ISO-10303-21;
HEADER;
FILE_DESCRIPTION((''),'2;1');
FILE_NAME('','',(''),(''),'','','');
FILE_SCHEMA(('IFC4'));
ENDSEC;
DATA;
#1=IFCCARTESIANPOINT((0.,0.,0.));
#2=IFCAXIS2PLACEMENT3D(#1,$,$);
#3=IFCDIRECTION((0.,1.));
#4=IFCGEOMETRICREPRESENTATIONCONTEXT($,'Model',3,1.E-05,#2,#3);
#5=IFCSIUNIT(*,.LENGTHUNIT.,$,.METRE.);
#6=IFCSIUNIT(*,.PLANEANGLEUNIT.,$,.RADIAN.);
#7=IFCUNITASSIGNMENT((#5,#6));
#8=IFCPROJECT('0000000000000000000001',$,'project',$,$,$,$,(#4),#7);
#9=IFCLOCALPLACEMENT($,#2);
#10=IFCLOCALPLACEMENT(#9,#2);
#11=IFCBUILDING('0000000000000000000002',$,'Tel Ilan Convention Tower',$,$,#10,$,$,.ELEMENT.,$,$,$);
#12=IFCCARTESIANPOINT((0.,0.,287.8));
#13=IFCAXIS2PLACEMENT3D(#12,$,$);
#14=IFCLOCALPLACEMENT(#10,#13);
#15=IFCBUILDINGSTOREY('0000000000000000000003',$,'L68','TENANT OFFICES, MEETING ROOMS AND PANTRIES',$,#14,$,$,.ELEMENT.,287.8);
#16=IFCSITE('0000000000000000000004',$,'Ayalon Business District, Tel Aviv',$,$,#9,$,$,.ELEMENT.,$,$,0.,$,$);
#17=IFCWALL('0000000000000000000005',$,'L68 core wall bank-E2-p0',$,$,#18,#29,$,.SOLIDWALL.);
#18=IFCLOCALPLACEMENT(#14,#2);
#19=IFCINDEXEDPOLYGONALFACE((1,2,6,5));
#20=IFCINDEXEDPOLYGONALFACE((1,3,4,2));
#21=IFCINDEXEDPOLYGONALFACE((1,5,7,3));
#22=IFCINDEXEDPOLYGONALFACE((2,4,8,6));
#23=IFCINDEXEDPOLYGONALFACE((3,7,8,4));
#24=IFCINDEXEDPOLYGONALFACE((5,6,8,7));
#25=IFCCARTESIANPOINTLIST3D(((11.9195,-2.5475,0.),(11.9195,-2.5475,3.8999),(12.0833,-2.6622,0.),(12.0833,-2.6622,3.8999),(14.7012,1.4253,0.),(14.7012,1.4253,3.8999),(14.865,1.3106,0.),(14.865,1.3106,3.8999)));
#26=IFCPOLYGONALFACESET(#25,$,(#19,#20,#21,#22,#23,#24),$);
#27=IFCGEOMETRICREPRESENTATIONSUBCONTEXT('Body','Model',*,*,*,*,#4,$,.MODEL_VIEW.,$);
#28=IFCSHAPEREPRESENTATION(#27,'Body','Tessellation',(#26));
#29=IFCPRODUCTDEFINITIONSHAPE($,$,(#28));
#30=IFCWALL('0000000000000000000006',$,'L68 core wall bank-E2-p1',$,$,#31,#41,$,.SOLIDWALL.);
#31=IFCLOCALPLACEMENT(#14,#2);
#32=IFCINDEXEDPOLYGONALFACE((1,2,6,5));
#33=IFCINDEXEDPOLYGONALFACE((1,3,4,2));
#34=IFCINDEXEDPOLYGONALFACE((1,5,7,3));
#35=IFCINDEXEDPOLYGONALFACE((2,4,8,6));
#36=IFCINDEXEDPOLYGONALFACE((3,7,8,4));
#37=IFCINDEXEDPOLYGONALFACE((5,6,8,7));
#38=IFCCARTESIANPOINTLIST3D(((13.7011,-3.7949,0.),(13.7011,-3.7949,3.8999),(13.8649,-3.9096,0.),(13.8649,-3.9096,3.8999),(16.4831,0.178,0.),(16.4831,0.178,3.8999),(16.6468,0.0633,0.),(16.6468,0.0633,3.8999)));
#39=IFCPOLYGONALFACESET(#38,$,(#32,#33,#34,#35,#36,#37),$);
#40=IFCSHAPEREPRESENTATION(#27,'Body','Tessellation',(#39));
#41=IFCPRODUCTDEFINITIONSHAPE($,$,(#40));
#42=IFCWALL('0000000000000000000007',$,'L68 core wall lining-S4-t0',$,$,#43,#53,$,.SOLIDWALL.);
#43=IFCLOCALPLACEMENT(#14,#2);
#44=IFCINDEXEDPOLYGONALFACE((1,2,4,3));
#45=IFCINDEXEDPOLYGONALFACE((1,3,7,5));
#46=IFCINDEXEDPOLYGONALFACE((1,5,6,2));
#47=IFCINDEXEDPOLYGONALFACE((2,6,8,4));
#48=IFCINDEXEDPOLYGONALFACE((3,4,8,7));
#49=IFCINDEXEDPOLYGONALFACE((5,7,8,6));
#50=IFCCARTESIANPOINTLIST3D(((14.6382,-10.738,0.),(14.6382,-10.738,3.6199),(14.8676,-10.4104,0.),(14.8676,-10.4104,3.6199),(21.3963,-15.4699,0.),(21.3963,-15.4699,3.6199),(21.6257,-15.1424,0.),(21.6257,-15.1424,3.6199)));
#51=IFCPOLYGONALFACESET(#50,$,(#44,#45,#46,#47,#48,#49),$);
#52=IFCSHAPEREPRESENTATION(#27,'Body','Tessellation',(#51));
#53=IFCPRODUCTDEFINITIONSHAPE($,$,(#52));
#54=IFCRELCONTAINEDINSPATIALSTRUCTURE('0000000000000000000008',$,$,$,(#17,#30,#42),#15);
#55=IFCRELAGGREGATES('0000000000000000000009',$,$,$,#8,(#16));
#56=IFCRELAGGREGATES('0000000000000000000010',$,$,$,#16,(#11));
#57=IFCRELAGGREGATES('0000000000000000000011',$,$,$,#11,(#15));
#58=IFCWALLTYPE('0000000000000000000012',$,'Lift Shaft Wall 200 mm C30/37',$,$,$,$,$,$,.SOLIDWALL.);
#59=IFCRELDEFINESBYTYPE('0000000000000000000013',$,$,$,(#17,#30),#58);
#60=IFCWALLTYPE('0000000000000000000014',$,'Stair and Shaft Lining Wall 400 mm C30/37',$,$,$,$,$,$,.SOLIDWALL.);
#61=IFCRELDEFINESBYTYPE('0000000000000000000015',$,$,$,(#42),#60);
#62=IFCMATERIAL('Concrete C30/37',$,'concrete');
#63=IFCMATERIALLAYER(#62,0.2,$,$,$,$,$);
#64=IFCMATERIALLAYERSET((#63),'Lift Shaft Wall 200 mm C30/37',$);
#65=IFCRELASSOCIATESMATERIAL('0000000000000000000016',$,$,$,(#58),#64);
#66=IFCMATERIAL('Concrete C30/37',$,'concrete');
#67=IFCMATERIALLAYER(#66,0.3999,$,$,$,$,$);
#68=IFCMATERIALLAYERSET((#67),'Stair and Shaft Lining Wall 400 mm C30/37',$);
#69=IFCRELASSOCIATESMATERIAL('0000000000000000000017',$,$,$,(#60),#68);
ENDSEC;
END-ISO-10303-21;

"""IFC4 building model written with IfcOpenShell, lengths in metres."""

from ifc_helpers import new_model, si_unit, direction, frame, frame_2d, origin, place, context, subcontext, project, spatial, rectangle, extrude, material, layer, layer_set, type_object, element, save


model = new_model("IFC4")

# Units and contexts
model_context = context("Model", 3, precision=1e-05, world=origin(), true_north=direction((0.0, 1.0)))
body_context = subcontext(model_context, "Body", "Model", "MODEL_VIEW")
ifc_project = project(units=[si_unit("LENGTHUNIT", "METRE"), si_unit("PLANEANGLEUNIT", "RADIAN")], contexts=[model_context])

# Site, building, storey
site_placement = place(None, origin())
site = spatial("IfcSite", under=ifc_project, at=site_placement, Name="Ayalon Business District, Tel Aviv", CompositionType="ELEMENT", RefElevation=0.0)
building_placement = place(site_placement, origin())
building = spatial("IfcBuilding", under=site, at=building_placement, Name="Tel Ilan Convention Tower", CompositionType="ELEMENT")
storey_placement = place(building_placement, frame((0.0, 0.0, 287.8)))
storey = spatial("IfcBuildingStorey", under=building, at=storey_placement, Name="L68", Description="TENANT OFFICES, MEETING ROOMS AND PANTRIES", CompositionType="ELEMENT", Elevation=287.8)

# Walls
ifc_material_1 = material(Name="Concrete C30/37", Category="concrete")
ifc_layer_1 = layer(ifc_material_1, 0.2)
ifc_layer_set_1 = layer_set([ifc_layer_1], Name="Lift Shaft Wall 200 mm C30/37")
wall_type_1 = type_object("IfcWallType", Name="Lift Shaft Wall 200 mm C30/37", PredefinedType="SOLIDWALL", material=ifc_layer_set_1)
wall_1_placement = place(storey_placement, frame((12.0015, -2.6047, 0.0), z_axis=(0.0, 0.0, 1.0), x_axis=(0.57356, 0.819163, 0.0)))
element("IfcWall", 1, at=wall_1_placement, inside=storey, type_object=wall_type_1, Name="L68 core wall bank-E2-p0", PredefinedType="SOLIDWALL", context=body_context, shape_type="SweptSolid", body=[
    extrude(rectangle(XDim=4.8499, YDim=0.2, at=frame_2d((2.4248, 0.0))), origin(), (0.0, 0.0, 1.0), 3.8999),
])
wall_2_placement = place(storey_placement, frame((13.783, -3.8523, 0.0), z_axis=(0.0, 0.0, 1.0), x_axis=(0.573594, 0.81914, 0.0)))
element("IfcWall", 2, at=wall_2_placement, inside=storey, type_object=wall_type_1, Name="L68 core wall bank-E2-p1", PredefinedType="SOLIDWALL", context=body_context, shape_type="SweptSolid", body=[
    extrude(rectangle(XDim=4.8501, YDim=0.2, at=frame_2d((2.425, 0.0))), origin(), (0.0, 0.0, 1.0), 3.8999),
])
ifc_material_2 = material(Name="Concrete C30/37", Category="concrete")
ifc_layer_2 = layer(ifc_material_2, 0.3999)
ifc_layer_set_2 = layer_set([ifc_layer_2], Name="Stair and Shaft Lining Wall 400 mm C30/37")
wall_type_2 = type_object("IfcWallType", Name="Stair and Shaft Lining Wall 400 mm C30/37", PredefinedType="SOLIDWALL", material=ifc_layer_set_2)
wall_3_placement = place(storey_placement, frame((14.7529, -10.5742, 0.0), z_axis=(0.0, 0.0, 1.0), x_axis=(0.819158, -0.573568, 0.0)))
element("IfcWall", 3, at=wall_3_placement, inside=storey, type_object=wall_type_2, Name="L68 core wall lining-S4-t0", PredefinedType="SOLIDWALL", context=body_context, shape_type="SweptSolid", body=[
    extrude(rectangle(XDim=8.25, YDim=0.3999, at=frame_2d((4.125, 0.0))), origin(), (0.0, 0.0, 1.0), 3.6199),
])

save(model, "model.ifc")
